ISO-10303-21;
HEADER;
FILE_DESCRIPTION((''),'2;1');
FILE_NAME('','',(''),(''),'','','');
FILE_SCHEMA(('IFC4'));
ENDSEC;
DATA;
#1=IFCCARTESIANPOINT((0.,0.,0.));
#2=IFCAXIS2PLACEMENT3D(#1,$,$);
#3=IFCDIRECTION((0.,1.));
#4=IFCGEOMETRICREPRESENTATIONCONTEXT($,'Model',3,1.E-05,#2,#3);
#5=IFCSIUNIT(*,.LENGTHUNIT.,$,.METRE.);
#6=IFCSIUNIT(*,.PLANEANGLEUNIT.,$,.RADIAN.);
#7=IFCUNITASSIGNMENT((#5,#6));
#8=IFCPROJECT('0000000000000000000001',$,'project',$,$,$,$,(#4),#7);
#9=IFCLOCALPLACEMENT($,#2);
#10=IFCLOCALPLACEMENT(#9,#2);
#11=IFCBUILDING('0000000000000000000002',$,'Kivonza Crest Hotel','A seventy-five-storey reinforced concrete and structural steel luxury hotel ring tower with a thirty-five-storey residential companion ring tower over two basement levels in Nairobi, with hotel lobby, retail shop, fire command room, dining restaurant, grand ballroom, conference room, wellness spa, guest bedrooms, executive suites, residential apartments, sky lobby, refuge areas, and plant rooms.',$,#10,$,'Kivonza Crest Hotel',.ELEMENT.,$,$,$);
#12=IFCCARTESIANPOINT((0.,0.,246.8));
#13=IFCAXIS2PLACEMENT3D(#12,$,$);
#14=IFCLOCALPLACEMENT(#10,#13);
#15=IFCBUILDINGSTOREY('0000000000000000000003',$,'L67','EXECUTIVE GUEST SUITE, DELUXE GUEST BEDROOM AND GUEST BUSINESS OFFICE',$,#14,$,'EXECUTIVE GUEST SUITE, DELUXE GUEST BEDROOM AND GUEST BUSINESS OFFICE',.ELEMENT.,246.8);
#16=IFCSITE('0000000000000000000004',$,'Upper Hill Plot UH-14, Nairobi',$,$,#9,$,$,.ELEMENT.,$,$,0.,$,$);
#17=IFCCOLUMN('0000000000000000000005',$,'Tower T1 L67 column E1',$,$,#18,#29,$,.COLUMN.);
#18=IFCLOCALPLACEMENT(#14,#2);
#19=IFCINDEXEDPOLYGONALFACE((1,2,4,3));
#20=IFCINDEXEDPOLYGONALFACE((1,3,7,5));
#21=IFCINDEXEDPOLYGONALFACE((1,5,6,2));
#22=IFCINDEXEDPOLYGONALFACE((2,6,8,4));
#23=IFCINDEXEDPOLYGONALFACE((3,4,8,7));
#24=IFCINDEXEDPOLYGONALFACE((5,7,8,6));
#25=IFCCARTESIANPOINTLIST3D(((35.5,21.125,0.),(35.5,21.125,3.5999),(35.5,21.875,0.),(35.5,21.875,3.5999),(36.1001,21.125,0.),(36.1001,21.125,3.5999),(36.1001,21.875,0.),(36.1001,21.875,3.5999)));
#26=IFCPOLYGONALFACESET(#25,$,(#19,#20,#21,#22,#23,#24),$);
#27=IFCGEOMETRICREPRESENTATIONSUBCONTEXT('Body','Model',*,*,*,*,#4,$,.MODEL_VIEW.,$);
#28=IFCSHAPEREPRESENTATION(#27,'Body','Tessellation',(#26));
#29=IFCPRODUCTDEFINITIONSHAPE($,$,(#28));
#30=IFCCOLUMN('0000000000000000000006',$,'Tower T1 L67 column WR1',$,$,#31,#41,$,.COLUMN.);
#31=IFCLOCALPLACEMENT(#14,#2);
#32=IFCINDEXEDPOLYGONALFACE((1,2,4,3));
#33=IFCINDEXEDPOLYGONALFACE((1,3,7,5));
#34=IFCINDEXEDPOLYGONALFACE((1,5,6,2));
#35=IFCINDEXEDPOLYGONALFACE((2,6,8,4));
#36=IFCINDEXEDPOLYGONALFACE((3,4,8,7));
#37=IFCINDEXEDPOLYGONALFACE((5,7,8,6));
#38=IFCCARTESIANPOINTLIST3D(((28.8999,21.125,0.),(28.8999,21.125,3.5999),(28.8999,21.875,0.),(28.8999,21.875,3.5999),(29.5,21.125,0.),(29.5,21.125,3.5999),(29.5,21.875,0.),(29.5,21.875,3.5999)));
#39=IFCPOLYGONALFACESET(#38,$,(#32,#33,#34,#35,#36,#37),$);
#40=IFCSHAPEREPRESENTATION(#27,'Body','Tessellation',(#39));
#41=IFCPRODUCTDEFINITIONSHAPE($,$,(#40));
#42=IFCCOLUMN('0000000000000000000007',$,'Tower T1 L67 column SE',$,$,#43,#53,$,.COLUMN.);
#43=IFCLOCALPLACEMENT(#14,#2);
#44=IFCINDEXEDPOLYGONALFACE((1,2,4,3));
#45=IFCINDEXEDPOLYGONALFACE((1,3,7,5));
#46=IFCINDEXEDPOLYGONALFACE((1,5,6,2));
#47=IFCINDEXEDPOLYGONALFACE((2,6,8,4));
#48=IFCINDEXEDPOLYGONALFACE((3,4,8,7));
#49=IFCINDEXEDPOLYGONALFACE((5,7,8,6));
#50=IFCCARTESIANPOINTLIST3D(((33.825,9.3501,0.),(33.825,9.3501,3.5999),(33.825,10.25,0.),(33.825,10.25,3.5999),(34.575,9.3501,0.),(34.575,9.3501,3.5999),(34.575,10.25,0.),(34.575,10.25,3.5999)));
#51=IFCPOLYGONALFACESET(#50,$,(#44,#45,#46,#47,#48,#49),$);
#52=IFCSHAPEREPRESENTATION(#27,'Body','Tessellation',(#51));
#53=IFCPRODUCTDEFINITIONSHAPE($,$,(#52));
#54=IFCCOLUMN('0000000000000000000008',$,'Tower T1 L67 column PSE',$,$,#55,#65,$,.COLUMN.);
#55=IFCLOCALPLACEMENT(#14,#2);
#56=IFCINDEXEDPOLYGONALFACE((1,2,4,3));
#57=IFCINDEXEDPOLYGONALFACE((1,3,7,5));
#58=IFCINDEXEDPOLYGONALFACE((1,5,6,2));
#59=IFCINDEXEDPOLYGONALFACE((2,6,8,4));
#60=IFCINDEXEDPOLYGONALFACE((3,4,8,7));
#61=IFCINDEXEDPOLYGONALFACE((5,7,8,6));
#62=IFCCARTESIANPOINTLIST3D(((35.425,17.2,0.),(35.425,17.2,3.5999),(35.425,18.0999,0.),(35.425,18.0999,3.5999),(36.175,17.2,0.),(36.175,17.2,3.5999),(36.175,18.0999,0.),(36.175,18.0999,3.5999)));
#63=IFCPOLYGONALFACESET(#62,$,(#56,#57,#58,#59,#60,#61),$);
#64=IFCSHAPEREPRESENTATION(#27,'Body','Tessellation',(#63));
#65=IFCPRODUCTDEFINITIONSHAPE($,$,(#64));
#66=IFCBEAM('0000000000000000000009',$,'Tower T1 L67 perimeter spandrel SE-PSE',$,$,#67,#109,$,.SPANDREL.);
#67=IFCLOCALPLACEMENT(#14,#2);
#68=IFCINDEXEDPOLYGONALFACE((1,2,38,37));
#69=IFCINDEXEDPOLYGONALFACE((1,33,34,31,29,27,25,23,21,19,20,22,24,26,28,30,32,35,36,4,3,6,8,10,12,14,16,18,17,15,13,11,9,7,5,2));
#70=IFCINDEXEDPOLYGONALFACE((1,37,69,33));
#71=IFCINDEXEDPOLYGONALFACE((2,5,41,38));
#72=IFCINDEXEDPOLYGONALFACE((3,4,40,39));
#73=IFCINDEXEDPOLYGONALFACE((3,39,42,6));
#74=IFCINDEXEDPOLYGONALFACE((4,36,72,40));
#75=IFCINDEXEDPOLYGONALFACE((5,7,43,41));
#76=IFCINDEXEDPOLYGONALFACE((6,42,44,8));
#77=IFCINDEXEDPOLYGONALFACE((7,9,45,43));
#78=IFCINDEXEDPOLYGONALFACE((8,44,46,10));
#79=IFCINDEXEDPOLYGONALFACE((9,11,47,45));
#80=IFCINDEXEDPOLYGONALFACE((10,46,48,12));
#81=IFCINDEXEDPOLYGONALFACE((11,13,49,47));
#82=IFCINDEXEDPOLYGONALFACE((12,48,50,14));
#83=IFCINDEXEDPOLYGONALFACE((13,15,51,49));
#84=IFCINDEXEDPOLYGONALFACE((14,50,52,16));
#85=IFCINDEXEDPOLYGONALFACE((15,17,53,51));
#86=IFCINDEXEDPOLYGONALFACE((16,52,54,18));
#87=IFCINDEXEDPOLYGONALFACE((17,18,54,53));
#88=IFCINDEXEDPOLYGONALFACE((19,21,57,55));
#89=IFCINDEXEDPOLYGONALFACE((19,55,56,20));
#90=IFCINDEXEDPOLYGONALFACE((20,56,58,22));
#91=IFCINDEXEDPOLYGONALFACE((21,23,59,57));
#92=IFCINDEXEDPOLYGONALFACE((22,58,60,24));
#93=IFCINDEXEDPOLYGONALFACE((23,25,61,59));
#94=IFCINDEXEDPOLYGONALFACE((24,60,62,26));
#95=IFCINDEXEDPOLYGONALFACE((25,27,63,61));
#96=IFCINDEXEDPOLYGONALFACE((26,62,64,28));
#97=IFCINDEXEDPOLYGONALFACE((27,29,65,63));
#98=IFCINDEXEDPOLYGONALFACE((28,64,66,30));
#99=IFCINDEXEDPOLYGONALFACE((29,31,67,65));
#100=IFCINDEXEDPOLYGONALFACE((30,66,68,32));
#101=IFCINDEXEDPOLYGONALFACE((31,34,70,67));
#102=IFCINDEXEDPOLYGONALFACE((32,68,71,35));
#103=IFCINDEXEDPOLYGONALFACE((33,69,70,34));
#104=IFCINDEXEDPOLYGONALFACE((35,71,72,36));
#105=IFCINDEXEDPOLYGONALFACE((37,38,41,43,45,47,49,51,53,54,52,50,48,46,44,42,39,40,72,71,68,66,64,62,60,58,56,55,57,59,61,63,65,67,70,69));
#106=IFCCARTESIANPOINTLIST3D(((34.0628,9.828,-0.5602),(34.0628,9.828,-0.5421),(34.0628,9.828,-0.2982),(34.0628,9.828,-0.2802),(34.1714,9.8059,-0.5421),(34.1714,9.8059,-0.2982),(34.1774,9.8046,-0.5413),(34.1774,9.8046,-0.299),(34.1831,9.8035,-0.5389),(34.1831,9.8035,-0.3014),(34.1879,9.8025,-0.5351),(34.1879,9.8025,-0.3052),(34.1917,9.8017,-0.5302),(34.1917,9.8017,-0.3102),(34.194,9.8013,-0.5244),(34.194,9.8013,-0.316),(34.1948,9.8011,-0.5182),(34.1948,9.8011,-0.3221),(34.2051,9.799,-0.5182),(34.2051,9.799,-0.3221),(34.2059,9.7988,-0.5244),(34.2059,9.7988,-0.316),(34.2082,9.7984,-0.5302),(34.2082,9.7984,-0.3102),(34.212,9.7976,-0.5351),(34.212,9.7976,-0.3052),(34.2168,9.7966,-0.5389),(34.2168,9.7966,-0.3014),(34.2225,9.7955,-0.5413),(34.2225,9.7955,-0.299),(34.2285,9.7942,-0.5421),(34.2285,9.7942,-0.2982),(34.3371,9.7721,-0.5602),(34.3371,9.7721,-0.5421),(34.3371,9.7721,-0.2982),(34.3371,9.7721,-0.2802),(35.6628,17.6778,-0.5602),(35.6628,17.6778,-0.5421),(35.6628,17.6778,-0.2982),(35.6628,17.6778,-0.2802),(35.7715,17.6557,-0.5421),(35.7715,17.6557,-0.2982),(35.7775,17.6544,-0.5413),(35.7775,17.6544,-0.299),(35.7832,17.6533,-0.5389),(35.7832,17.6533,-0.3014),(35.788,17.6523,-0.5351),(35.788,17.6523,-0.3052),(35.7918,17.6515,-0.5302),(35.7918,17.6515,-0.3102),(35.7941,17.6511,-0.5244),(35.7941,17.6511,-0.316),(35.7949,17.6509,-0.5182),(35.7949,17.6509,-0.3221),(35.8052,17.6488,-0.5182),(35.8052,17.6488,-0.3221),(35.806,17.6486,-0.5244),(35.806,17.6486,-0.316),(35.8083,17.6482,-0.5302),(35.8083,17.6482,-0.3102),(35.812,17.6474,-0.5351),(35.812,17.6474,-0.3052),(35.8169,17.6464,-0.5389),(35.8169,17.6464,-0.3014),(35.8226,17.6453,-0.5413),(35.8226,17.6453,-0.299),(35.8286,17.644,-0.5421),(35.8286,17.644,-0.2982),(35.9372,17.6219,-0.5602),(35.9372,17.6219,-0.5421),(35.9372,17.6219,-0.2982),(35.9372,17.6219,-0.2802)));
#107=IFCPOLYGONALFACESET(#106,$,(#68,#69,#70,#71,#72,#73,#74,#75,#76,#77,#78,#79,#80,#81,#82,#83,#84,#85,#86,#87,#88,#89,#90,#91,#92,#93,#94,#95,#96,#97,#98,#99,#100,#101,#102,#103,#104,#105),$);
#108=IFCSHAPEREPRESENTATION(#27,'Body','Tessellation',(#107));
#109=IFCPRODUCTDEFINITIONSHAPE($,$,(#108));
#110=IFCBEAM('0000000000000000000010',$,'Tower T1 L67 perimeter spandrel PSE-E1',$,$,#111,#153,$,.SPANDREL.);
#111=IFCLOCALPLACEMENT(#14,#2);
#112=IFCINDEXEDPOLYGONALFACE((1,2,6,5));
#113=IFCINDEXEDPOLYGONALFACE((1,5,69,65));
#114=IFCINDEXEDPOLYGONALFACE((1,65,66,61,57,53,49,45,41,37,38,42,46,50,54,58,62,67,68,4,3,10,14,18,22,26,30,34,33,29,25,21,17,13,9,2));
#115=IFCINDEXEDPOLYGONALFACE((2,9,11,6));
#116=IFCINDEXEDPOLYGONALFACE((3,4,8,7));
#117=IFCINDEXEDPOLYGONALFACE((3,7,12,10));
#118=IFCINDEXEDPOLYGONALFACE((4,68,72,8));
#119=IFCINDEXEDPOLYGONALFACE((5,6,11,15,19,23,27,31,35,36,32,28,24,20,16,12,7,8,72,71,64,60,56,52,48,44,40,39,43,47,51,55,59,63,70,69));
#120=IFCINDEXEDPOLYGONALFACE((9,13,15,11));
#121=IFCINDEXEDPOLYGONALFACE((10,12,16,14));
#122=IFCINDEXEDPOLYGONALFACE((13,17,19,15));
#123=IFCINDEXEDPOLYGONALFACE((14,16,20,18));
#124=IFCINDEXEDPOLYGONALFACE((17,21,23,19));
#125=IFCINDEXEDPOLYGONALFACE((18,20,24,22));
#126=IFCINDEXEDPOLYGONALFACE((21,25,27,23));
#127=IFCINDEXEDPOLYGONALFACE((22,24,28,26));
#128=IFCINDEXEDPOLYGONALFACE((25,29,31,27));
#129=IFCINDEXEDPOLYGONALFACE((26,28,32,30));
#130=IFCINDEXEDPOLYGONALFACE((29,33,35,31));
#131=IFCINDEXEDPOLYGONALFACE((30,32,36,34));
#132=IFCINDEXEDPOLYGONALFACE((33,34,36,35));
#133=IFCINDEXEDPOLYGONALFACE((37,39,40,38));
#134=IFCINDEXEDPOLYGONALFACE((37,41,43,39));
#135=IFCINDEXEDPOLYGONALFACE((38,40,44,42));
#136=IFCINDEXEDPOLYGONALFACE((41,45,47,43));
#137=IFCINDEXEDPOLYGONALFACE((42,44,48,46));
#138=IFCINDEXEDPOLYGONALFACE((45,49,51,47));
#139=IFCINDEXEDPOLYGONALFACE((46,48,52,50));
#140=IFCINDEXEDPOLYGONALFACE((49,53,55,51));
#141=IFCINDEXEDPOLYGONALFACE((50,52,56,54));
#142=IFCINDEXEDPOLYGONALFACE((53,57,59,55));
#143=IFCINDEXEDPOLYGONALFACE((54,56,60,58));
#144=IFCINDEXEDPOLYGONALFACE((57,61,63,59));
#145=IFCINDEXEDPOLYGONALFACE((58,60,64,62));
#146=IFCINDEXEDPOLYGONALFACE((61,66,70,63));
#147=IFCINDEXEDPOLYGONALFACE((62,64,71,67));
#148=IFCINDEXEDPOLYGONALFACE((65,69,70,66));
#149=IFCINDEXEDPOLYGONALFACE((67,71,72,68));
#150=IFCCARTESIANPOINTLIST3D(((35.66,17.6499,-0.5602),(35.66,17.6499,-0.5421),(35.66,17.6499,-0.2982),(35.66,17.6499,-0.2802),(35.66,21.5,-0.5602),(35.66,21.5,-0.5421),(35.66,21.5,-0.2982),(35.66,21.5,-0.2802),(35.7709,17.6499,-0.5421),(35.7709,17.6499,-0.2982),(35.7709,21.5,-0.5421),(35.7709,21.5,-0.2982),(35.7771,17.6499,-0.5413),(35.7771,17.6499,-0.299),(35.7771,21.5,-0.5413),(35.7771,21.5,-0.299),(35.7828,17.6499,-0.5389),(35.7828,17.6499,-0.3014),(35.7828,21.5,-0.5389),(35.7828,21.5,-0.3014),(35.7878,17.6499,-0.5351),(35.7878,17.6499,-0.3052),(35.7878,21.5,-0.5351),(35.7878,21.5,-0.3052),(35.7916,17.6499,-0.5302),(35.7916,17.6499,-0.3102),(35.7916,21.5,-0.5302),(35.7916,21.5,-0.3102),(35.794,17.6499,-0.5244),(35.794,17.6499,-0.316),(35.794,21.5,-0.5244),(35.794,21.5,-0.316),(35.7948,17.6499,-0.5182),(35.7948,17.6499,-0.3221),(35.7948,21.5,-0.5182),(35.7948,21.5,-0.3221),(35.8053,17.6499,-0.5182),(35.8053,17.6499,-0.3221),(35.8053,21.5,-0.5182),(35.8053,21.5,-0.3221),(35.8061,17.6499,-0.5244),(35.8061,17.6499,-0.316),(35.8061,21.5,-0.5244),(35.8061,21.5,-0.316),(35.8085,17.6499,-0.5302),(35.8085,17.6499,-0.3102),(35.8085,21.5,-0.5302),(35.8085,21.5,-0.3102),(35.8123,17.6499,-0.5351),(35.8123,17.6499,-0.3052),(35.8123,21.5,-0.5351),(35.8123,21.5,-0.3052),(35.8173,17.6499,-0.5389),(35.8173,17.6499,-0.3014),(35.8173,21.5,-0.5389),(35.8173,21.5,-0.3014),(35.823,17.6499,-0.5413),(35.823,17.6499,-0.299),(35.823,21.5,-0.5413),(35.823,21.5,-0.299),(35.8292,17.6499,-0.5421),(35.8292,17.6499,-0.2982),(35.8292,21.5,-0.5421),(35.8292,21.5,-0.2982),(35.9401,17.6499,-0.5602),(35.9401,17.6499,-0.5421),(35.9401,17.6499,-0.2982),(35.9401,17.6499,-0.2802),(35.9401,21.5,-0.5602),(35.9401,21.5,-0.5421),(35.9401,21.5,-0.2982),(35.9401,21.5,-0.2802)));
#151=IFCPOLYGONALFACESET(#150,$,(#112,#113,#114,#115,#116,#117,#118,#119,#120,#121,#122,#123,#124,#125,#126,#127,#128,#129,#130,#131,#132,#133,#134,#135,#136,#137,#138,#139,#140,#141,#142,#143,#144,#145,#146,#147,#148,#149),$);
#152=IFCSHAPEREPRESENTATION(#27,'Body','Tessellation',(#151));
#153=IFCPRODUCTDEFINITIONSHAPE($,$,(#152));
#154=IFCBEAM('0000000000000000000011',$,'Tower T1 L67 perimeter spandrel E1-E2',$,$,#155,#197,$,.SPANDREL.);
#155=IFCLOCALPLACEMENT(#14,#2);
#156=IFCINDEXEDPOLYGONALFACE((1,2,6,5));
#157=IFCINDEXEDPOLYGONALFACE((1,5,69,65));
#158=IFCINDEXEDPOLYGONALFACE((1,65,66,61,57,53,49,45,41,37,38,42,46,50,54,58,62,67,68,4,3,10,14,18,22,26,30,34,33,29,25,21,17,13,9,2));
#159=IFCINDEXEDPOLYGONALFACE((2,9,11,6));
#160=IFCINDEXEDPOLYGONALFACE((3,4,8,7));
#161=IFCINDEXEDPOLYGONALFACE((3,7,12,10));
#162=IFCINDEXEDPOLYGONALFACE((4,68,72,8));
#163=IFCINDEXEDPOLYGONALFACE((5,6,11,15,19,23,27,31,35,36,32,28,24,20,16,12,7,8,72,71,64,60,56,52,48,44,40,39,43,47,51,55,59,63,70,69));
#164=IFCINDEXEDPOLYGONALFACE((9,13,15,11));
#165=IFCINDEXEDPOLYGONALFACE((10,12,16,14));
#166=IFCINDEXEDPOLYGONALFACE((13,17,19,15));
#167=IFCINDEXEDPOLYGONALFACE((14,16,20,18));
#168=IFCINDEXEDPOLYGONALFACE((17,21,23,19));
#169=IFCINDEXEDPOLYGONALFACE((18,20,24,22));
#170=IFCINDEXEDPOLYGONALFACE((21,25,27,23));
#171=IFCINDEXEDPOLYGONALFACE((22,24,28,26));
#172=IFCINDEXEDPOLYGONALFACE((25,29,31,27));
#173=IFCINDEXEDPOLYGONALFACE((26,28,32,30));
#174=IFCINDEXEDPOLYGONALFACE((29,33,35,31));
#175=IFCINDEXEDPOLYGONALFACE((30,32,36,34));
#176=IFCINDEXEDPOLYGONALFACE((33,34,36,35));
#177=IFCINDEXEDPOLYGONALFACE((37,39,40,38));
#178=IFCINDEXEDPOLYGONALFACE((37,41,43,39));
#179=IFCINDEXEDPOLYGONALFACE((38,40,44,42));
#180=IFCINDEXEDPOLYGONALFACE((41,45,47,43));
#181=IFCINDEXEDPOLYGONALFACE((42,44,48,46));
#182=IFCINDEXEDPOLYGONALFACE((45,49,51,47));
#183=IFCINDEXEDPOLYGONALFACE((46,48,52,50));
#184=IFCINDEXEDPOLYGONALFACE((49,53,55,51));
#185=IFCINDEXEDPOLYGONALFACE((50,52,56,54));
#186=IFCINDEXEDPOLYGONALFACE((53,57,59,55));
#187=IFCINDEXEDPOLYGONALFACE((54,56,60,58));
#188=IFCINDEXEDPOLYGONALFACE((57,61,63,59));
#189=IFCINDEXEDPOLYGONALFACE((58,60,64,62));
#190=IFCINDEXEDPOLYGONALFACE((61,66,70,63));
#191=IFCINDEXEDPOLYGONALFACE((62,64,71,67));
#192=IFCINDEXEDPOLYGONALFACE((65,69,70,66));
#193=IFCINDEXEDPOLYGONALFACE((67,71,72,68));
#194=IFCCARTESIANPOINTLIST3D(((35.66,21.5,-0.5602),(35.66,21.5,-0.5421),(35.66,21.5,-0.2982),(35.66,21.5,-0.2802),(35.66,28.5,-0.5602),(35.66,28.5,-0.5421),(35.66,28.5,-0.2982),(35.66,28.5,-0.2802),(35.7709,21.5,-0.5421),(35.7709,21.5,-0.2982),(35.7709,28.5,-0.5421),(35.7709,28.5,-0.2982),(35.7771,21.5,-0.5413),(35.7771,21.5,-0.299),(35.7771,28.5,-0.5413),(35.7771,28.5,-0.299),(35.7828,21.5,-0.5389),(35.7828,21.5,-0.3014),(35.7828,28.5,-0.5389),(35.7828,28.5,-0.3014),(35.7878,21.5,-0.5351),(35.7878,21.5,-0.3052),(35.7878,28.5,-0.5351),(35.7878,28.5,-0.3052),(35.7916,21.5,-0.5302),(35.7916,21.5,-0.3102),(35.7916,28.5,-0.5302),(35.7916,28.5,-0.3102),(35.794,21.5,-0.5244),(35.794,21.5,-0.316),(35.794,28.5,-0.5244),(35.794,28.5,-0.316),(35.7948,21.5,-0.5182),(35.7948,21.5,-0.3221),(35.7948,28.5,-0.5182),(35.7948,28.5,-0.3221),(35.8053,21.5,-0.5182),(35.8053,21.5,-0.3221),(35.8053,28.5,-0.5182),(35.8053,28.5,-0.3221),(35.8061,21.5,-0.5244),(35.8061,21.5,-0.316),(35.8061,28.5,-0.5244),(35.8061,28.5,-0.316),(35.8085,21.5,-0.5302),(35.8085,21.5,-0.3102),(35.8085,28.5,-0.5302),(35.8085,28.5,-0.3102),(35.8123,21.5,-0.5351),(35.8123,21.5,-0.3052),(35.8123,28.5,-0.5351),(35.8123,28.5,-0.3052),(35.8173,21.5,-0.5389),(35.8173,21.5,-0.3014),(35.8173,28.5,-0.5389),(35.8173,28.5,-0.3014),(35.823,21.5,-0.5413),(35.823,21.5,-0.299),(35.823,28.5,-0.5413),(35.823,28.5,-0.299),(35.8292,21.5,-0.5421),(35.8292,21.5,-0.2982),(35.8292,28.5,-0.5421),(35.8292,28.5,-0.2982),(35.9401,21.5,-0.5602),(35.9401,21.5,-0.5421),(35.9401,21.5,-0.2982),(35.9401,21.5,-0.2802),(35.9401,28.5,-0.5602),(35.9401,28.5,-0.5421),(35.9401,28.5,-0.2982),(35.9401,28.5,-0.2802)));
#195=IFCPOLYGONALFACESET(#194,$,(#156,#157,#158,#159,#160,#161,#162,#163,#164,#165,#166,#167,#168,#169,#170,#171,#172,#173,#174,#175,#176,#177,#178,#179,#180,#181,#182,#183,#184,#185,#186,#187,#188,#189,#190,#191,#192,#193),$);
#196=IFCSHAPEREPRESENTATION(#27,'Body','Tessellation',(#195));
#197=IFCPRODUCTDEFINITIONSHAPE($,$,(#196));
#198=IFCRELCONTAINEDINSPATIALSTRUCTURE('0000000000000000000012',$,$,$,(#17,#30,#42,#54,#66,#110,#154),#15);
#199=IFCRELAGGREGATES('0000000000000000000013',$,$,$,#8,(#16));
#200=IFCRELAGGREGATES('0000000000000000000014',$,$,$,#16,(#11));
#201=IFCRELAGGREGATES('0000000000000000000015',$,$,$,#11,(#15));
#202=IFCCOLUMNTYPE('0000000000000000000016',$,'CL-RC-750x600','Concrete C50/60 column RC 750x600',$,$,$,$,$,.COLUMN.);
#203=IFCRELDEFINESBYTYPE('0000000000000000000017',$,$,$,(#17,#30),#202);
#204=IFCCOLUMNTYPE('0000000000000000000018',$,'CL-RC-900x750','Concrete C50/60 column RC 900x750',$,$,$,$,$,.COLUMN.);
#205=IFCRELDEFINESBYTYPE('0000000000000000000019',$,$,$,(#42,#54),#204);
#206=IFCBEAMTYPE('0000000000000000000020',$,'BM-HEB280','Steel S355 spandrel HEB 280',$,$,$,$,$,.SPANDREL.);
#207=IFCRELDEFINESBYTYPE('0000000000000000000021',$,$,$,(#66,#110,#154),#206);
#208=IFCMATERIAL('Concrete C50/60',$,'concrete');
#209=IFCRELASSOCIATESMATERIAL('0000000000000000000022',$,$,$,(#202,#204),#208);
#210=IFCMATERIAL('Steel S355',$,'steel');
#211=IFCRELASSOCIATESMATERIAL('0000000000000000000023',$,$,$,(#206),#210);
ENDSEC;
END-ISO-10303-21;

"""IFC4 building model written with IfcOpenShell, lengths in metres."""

from ifc_helpers import new_model, si_unit, direction, frame, origin, origin_2d, place, context, subcontext, project, spatial, rectangle, i_section, extrude, material, material_profile, profile_set, type_object, element, save


model = new_model("IFC4")

# Units and contexts
model_context = context("Model", 3, precision=1e-05, world=origin(), true_north=direction((0.0, 1.0)))
body_context = subcontext(model_context, "Body", "Model", "MODEL_VIEW")
ifc_project = project(units=[si_unit("LENGTHUNIT", "METRE"), si_unit("PLANEANGLEUNIT", "RADIAN")], contexts=[model_context])

# Site, building, storey
site_placement = place(None, origin())
site = spatial("IfcSite", under=ifc_project, at=site_placement, Name="Upper Hill Plot UH-14, Nairobi", CompositionType="ELEMENT", RefElevation=0.0)
building_placement = place(site_placement, origin())
building = spatial("IfcBuilding", under=site, at=building_placement, Name="Kivonza Crest Hotel", Description="A seventy-five-storey reinforced concrete and structural steel luxury hotel ring tower with a thirty-five-storey residential companion ring tower over two basement levels in Nairobi, with hotel lobby, retail shop, fire command room, dining restaurant, grand ballroom, conference room, wellness spa, guest bedrooms, executive suites, residential apartments, sky lobby, refuge areas, and plant rooms.", LongName="Kivonza Crest Hotel", CompositionType="ELEMENT")
storey_placement = place(building_placement, frame((0.0, 0.0, 246.8)))
storey = spatial("IfcBuildingStorey", under=building, at=storey_placement, Name="L67", Description="EXECUTIVE GUEST SUITE, DELUXE GUEST BEDROOM AND GUEST BUSINESS OFFICE", LongName="EXECUTIVE GUEST SUITE, DELUXE GUEST BEDROOM AND GUEST BUSINESS OFFICE", CompositionType="ELEMENT", Elevation=246.8)

# Columns
ifc_material_1 = material(Name="Concrete C50/60", Category="concrete")
ifc_material_profile_1 = material_profile(ifc_material_1, rectangle(XDim=0.6001, YDim=0.75, at=origin_2d()), Name="RC 750x600")
ifc_profile_set_1 = profile_set([ifc_material_profile_1], Name="Concrete C50/60")
column_type_1 = type_object("IfcColumnType", Name="CL-RC-750x600", Description="Concrete C50/60 column RC 750x600", PredefinedType="COLUMN", material=ifc_profile_set_1)
for number, where, z_axis, x_axis, name in (
    (1, (35.8, 21.5, 0.0), (0.0, 0.0, 1.0), (1.0, 0.0, 0.0), "Tower T1 L67 column E1"),
    (2, (29.2, 21.5, 0.0), (0.0, 0.0, 1.0), (1.0, 0.0, 0.0), "Tower T1 L67 column WR1"),
):
    element("IfcColumn", number, at=place(storey_placement, frame(where, z_axis=z_axis, x_axis=x_axis)), inside=storey, type_object=column_type_1, Name=name, PredefinedType="COLUMN", context=body_context, shape_type="SweptSolid", body=[
        extrude(rectangle(XDim=0.6001, YDim=0.75, at=origin_2d()), origin(), (0.0, 0.0, 1.0), 3.5999),
    ])
ifc_material_profile_2 = material_profile(ifc_material_1, rectangle(XDim=0.75, YDim=0.8999, at=origin_2d()), Name="RC 900x750")
ifc_profile_set_2 = profile_set([ifc_material_profile_2], Name="Concrete C50/60")
column_type_2 = type_object("IfcColumnType", Name="CL-RC-900x750", Description="Concrete C50/60 column RC 900x750", PredefinedType="COLUMN", material=ifc_profile_set_2)
for number, where, z_axis, x_axis, name in (
    (3, (34.2, 9.8, 0.0), (0.0, 0.0, 1.0), (1.0, 0.0, 0.0), "Tower T1 L67 column SE"),
    (4, (35.8, 17.6499, 0.0), (0.0, 0.0, 1.0), (1.0, 0.0, 0.0), "Tower T1 L67 column PSE"),
):
    element("IfcColumn", number, at=place(storey_placement, frame(where, z_axis=z_axis, x_axis=x_axis)), inside=storey, type_object=column_type_2, Name=name, PredefinedType="COLUMN", context=body_context, shape_type="SweptSolid", body=[
        extrude(rectangle(XDim=0.75, YDim=0.8999, at=origin_2d()), origin(), (0.0, 0.0, 1.0), 3.5999),
    ])

# Beams
ifc_material_2 = material(Name="Steel S355", Category="steel")
ifc_material_profile_3 = material_profile(ifc_material_2, i_section(OverallWidth=0.28, OverallDepth=0.28, WebThickness=0.0105, FlangeThickness=0.0181, FilletRadius=0.0239, at=origin_2d()), Name="HEB 280")
ifc_profile_set_3 = profile_set([ifc_material_profile_3], Name="Steel S355")
beam_type_1 = type_object("IfcBeamType", Name="BM-HEB280", Description="Steel S355 spandrel HEB 280", PredefinedType="SPANDREL", material=ifc_profile_set_3)
beam_1_placement = place(storey_placement, frame((34.2, 9.8, -0.4202), z_axis=(0.199731, 0.979851, 0.0), x_axis=(-0.979851, 0.199731, 0.0)))
element("IfcBeam", 5, at=beam_1_placement, inside=storey, type_object=beam_type_1, Name="Tower T1 L67 perimeter spandrel SE-PSE", PredefinedType="SPANDREL", context=body_context, shape_type="SweptSolid", body=[
    extrude(i_section(OverallWidth=0.28, OverallDepth=0.28, WebThickness=0.0105, FlangeThickness=0.0181, FilletRadius=0.0239, at=origin_2d()), origin(), (0.0, 0.0, 1.0), 8.0112),
])
beam_2_placement = place(storey_placement, frame((35.8, 17.6499, -0.4202), z_axis=(0.0, 1.0, 0.0), x_axis=(-1.0, 0.0, 0.0)))
element("IfcBeam", 6, at=beam_2_placement, inside=storey, type_object=beam_type_1, Name="Tower T1 L67 perimeter spandrel PSE-E1", PredefinedType="SPANDREL", context=body_context, shape_type="SweptSolid", body=[
    extrude(i_section(OverallWidth=0.28, OverallDepth=0.28, WebThickness=0.0105, FlangeThickness=0.0181, FilletRadius=0.0239, at=origin_2d()), origin(), (0.0, 0.0, 1.0), 3.8501),
])
beam_3_placement = place(storey_placement, frame((35.8, 21.5, -0.4202), z_axis=(0.0, 1.0, 0.0), x_axis=(-1.0, 0.0, 0.0)))
element("IfcBeam", 7, at=beam_3_placement, inside=storey, type_object=beam_type_1, Name="Tower T1 L67 perimeter spandrel E1-E2", PredefinedType="SPANDREL", context=body_context, shape_type="SweptSolid", body=[
    extrude(i_section(OverallWidth=0.28, OverallDepth=0.28, WebThickness=0.0105, FlangeThickness=0.0181, FilletRadius=0.0239, at=origin_2d()), origin(), (0.0, 0.0, 1.0), 7.0),
])

save(model, "model.ifc")
